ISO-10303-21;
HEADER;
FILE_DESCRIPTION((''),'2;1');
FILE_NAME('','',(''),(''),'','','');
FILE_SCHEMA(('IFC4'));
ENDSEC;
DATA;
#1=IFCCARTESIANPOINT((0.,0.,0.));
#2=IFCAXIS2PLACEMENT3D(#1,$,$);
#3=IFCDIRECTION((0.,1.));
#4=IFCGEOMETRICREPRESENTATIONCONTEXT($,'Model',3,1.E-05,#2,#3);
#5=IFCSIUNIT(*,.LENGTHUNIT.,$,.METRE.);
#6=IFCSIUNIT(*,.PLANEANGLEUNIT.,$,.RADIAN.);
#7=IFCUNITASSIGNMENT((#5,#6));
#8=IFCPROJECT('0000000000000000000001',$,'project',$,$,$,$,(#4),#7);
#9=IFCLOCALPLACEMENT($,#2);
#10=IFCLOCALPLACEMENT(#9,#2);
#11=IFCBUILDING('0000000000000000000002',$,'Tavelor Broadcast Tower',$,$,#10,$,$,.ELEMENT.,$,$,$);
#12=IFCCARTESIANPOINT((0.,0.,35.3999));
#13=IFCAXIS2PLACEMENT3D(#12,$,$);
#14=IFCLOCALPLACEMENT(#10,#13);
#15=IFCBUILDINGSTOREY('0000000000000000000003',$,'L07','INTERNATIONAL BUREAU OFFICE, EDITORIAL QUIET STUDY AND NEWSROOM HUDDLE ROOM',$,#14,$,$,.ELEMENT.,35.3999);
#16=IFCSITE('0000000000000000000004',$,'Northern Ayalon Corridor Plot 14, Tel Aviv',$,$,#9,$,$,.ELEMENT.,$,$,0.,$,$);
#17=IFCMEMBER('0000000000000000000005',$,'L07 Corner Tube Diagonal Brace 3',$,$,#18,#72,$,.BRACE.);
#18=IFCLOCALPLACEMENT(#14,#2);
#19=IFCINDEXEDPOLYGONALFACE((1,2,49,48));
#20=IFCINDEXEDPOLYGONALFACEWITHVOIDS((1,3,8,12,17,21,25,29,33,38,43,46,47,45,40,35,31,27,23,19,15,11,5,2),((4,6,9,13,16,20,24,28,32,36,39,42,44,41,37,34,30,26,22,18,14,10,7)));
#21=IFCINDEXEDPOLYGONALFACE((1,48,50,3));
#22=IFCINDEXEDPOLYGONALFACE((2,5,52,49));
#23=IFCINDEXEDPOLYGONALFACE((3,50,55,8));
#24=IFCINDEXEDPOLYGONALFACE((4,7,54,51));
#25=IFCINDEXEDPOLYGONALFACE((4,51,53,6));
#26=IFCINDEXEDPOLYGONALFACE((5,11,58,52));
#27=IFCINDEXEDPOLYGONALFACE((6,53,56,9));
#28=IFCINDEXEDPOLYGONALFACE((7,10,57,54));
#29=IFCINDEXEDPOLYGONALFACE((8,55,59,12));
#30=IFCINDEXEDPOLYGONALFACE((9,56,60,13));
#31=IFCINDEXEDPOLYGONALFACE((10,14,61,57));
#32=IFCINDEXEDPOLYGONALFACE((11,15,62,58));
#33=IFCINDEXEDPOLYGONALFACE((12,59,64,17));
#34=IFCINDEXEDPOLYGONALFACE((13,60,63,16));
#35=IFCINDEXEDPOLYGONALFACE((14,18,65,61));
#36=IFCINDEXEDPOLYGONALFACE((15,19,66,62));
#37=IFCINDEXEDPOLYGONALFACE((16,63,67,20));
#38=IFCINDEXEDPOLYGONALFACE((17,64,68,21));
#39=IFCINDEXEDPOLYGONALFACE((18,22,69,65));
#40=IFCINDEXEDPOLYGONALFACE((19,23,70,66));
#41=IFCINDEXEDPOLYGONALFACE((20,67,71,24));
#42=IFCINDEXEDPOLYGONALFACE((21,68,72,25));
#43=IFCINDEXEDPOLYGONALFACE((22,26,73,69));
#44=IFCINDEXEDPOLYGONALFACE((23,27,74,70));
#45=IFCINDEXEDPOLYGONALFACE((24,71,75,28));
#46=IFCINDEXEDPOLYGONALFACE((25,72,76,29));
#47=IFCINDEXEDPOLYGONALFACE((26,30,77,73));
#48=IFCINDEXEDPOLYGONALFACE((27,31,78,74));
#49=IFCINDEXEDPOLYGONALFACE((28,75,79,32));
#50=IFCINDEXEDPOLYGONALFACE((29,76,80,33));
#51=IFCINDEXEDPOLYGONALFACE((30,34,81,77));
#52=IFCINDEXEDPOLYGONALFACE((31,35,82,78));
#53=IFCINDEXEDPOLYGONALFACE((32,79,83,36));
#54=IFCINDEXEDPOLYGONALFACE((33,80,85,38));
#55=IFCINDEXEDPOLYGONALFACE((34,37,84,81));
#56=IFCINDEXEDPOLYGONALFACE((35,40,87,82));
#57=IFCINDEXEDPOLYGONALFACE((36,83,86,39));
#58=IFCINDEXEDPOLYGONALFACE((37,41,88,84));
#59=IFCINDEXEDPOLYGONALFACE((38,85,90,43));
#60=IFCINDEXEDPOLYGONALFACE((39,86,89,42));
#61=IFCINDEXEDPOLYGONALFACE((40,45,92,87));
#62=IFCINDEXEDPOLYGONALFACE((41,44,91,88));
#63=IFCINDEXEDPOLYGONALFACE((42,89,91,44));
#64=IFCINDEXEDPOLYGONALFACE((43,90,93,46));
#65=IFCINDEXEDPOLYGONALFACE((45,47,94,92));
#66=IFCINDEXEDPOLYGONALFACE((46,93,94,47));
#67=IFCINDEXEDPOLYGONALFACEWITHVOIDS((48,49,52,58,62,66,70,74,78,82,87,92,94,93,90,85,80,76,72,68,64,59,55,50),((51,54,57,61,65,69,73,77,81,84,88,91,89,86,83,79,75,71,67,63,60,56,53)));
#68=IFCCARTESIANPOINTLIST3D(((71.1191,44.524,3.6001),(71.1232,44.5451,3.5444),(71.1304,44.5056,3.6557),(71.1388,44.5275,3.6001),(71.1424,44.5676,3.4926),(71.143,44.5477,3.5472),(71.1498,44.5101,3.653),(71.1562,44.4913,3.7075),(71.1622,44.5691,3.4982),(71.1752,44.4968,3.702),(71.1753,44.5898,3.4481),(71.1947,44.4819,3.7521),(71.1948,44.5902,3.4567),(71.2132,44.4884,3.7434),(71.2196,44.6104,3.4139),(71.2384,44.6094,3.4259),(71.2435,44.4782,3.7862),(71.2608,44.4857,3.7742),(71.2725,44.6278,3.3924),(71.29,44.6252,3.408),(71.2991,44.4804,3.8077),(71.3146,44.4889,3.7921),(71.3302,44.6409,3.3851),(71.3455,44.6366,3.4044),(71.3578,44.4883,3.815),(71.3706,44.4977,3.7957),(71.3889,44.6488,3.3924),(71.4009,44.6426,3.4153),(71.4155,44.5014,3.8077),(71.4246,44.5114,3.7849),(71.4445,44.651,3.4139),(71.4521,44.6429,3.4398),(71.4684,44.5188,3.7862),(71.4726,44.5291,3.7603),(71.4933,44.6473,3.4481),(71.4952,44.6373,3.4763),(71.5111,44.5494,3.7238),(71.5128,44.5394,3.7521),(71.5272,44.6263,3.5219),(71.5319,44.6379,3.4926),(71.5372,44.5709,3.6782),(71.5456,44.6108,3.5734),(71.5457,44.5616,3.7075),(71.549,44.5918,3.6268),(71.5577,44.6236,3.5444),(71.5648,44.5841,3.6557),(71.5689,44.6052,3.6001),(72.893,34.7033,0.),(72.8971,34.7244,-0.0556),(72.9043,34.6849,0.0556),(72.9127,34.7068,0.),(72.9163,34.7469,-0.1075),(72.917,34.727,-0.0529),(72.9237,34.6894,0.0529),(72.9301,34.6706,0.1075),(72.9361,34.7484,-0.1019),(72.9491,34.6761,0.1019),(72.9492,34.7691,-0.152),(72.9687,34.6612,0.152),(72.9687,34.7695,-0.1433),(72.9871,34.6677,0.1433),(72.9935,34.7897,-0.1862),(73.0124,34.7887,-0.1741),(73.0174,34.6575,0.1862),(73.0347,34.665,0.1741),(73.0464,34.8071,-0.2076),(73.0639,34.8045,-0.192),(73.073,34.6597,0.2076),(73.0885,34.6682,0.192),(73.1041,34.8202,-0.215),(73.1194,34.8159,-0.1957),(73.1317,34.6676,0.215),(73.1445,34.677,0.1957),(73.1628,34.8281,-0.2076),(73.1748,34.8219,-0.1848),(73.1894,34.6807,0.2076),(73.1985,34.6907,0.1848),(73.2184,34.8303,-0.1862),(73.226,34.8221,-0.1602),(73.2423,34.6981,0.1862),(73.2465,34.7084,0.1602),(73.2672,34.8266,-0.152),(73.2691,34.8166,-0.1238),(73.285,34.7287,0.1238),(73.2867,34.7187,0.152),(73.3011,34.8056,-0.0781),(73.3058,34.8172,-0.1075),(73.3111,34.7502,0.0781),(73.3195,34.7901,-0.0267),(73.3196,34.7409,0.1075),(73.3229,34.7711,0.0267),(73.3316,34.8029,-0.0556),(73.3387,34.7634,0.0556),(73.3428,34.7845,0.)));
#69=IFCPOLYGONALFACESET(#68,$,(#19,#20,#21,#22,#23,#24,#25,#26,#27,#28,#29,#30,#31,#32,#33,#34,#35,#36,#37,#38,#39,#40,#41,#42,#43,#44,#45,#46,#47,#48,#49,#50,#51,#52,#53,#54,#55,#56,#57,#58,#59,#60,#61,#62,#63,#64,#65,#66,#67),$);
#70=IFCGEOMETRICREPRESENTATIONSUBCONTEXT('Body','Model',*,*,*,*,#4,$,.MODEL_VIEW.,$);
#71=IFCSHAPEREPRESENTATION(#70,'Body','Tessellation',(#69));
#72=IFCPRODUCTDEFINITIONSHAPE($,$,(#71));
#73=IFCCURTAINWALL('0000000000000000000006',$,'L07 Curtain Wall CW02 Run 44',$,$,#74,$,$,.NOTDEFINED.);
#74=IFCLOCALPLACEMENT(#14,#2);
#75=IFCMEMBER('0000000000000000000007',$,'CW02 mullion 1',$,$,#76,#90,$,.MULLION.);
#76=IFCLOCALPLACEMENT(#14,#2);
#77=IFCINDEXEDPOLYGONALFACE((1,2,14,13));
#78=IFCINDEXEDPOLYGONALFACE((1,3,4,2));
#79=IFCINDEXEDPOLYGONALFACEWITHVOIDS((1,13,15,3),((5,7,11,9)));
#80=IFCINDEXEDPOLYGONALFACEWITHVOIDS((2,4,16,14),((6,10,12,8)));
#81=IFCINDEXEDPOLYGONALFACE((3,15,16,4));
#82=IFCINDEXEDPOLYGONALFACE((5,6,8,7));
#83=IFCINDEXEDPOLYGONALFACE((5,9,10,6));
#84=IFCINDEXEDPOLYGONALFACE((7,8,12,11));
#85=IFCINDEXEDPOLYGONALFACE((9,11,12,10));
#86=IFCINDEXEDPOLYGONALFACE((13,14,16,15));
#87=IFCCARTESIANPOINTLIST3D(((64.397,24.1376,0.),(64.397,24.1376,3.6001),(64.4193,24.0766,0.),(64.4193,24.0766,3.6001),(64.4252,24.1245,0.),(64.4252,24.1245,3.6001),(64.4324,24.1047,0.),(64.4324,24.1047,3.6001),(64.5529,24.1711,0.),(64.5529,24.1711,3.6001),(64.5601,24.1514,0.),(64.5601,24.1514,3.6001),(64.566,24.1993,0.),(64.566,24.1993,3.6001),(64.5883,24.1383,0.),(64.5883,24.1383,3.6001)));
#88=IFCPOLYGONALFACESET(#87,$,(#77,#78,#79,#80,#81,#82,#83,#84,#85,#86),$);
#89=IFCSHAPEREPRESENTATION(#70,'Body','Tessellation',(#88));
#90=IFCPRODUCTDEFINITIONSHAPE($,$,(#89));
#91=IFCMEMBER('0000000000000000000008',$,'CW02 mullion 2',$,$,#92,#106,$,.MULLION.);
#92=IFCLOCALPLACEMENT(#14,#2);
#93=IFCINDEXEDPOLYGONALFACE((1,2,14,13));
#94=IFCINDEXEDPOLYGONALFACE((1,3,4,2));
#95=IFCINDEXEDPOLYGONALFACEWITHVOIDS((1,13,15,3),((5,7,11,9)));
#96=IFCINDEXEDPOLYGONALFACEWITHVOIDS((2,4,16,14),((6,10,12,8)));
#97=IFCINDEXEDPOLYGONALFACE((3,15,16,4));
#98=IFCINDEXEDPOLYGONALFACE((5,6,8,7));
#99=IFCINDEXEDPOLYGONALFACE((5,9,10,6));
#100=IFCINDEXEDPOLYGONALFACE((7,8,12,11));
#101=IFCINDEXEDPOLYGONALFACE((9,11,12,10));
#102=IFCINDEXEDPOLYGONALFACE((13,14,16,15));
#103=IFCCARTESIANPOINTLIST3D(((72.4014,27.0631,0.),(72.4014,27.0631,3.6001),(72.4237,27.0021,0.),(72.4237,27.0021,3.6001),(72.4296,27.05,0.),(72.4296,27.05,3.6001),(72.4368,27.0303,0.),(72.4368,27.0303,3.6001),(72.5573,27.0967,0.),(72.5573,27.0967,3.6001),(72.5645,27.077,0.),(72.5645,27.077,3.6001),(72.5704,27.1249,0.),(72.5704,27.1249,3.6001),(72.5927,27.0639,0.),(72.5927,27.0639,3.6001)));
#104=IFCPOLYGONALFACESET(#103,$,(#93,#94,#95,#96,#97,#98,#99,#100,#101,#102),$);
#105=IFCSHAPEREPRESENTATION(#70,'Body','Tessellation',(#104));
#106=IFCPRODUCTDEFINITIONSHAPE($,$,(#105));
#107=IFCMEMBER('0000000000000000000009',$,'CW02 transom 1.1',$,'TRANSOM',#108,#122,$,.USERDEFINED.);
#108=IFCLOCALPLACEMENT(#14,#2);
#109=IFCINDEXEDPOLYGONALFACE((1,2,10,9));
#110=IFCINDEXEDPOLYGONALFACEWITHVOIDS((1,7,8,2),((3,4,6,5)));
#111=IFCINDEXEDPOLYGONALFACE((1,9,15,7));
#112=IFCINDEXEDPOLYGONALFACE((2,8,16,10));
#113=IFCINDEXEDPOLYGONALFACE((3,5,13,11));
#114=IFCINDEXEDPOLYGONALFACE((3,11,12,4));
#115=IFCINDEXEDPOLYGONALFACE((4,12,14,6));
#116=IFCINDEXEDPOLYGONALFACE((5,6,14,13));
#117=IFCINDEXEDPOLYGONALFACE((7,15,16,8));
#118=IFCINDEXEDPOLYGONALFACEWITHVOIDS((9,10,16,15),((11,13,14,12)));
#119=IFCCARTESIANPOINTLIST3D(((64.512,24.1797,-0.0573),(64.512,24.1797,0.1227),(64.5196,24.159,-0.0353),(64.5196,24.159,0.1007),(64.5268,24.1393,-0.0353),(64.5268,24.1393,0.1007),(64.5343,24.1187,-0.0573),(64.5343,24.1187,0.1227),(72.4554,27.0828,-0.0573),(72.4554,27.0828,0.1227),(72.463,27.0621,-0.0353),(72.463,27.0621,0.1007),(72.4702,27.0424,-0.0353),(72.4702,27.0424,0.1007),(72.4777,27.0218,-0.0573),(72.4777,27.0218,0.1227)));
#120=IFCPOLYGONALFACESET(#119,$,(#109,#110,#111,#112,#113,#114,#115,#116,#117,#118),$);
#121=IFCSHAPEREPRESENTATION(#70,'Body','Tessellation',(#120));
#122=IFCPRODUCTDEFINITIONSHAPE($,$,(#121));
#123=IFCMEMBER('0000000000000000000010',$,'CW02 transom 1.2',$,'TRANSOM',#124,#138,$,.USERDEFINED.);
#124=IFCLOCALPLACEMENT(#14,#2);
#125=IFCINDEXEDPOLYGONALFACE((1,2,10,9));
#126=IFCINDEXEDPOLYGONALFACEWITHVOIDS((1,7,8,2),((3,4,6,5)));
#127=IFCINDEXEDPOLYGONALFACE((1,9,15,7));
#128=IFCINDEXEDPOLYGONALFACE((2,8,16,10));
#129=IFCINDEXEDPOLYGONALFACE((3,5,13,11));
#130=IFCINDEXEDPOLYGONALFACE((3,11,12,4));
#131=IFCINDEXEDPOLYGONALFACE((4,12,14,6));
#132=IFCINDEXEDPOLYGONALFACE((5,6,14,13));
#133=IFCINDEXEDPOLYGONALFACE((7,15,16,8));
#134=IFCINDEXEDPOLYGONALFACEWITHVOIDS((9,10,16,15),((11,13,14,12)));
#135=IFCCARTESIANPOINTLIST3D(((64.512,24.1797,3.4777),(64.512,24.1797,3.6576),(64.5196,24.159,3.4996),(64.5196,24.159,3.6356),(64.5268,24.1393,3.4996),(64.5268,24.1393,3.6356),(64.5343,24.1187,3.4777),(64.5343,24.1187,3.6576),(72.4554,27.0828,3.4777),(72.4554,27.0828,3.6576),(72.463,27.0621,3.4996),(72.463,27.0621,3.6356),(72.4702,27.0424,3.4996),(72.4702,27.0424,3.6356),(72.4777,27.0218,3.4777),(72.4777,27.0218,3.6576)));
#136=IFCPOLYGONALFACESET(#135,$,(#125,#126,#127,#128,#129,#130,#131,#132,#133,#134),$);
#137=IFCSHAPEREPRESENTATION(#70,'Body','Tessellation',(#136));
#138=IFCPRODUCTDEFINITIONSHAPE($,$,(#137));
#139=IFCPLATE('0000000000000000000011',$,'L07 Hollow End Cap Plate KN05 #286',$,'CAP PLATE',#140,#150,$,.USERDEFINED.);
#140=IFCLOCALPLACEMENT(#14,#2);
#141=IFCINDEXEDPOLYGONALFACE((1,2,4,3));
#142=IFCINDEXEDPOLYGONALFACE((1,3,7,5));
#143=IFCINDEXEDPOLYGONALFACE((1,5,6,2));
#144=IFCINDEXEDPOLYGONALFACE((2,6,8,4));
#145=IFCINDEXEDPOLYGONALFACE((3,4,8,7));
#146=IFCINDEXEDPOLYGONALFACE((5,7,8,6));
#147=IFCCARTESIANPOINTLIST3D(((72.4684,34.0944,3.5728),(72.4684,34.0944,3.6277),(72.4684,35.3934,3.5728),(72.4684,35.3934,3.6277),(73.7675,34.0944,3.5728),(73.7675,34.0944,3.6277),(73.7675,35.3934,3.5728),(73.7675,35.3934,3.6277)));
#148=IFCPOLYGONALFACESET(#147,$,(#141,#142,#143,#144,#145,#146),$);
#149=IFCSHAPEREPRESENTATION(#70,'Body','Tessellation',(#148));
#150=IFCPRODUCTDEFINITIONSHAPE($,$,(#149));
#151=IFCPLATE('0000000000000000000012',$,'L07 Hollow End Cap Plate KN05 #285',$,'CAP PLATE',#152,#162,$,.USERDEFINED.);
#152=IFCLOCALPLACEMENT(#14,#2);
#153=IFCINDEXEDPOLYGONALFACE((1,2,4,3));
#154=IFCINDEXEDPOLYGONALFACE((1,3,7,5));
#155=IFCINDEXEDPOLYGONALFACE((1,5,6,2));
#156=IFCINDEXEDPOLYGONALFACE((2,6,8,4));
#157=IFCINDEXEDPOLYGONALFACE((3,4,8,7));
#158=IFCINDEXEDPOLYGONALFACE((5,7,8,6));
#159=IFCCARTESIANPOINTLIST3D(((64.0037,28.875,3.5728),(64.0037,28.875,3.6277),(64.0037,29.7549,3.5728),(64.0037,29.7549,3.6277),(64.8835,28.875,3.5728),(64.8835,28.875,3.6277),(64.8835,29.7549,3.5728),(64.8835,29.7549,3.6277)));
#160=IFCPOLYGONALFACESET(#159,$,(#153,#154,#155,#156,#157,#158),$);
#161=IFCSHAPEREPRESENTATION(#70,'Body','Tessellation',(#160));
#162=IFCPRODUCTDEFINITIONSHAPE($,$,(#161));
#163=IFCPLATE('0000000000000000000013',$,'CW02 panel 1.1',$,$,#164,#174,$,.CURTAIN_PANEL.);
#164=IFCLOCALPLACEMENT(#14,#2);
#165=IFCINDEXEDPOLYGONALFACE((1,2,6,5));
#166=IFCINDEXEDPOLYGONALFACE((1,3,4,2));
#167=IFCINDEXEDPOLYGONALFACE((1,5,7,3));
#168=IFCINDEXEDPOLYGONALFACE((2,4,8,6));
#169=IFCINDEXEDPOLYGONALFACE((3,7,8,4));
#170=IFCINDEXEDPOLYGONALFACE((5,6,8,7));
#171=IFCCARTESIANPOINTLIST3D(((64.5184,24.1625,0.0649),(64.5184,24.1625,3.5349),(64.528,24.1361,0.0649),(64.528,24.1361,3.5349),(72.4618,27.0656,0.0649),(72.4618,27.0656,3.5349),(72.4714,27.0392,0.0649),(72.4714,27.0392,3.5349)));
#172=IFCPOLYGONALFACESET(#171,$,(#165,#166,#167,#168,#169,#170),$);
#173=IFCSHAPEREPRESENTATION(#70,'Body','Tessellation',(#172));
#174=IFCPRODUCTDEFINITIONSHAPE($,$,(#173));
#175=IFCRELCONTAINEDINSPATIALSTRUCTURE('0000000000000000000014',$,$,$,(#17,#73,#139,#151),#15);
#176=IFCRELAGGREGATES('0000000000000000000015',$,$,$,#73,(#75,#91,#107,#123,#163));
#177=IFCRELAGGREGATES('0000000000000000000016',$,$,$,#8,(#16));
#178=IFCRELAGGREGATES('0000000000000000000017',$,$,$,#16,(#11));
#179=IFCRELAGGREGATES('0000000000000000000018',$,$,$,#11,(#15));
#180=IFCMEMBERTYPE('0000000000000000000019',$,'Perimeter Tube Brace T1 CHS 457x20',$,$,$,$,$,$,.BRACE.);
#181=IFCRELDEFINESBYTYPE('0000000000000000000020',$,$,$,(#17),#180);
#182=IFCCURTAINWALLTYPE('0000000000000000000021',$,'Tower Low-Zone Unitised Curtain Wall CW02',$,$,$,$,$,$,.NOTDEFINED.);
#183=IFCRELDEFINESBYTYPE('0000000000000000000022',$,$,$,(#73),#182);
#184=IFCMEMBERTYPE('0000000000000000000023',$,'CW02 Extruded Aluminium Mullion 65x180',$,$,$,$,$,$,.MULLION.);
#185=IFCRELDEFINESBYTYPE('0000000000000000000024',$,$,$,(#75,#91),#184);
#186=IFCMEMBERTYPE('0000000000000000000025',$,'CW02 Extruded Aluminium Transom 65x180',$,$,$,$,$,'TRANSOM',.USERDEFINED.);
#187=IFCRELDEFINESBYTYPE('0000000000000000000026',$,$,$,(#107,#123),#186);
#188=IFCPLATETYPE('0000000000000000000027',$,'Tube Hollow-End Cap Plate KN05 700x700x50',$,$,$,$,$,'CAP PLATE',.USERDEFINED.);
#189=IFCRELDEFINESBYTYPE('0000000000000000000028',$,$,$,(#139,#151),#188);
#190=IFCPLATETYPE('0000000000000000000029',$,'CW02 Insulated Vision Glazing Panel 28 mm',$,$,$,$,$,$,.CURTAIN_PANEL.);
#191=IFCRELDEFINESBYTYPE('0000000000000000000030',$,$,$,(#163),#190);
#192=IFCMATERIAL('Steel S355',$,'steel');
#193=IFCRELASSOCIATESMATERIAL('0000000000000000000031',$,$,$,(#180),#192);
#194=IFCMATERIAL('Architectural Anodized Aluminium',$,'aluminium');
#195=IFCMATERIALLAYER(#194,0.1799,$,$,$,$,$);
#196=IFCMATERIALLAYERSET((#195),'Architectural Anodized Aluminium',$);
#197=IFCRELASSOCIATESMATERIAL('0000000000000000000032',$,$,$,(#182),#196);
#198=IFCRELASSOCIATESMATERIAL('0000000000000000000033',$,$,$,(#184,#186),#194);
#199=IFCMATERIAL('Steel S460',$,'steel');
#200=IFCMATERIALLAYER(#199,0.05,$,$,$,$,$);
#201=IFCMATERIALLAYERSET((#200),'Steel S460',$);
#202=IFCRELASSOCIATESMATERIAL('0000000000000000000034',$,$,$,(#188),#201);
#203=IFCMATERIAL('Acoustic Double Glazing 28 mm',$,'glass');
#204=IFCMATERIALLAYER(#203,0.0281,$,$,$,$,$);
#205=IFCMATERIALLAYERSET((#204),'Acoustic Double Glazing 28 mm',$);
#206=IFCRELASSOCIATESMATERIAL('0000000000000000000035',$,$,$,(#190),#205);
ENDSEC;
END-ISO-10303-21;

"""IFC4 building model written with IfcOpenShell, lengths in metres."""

from ifc_helpers import new_model, si_unit, direction, frame, origin, origin_2d, place, context, subcontext, project, spatial, rectangle, hollow_rectangle, hollow_circle, extrude, source, transform, mapped, material, layer, layer_set, material_profile, profile_set, type_object, type_shapes, element, aggregate, save


model = new_model("IFC4")

# Units and contexts
model_context = context("Model", 3, precision=1e-05, world=origin(), true_north=direction((0.0, 1.0)))
body_context = subcontext(model_context, "Body", "Model", "MODEL_VIEW")
ifc_project = project(units=[si_unit("LENGTHUNIT", "METRE"), si_unit("PLANEANGLEUNIT", "RADIAN")], contexts=[model_context])

# Site, building, storey
site_placement = place(None, origin())
site = spatial("IfcSite", under=ifc_project, at=site_placement, Name="Northern Ayalon Corridor Plot 14, Tel Aviv", CompositionType="ELEMENT", RefElevation=0.0)
building_placement = place(site_placement, origin())
building = spatial("IfcBuilding", under=site, at=building_placement, Name="Tavelor Broadcast Tower", CompositionType="ELEMENT")
storey_placement = place(building_placement, frame((0.0, 0.0, 35.3999)))
storey = spatial("IfcBuildingStorey", under=building, at=storey_placement, Name="L07", Description="INTERNATIONAL BUREAU OFFICE, EDITORIAL QUIET STUDY AND NEWSROOM HUDDLE ROOM", CompositionType="ELEMENT", Elevation=35.3999)

# Shared definitions
ifc_material_1 = material(Name="Steel S460", Category="steel")

# Shared definitions
ifc_material_2 = material(Name="Steel S355", Category="steel")

# Member
ifc_material_profile_1 = material_profile(ifc_material_2, hollow_circle(Radius=0.2285, WallThickness=0.02, at=origin_2d()), Name="CHS 457x20")
ifc_profile_set_1 = profile_set([ifc_material_profile_1], Name="Steel S355")
member_type_1 = type_object("IfcMemberType", Name="Perimeter Tube Brace T1 CHS 457x20", PredefinedType="BRACE", material=ifc_profile_set_1)
member_1_placement = place(storey_placement, frame((73.1179, 34.7439, 0.0), z_axis=(-0.167206, 0.925685, 0.339337), x_axis=(-0.984075, -0.177753, 0.0)))
element("IfcMember", 1, at=member_1_placement, inside=storey, type_object=member_type_1, Name="L07 Corner Tube Diagonal Brace 3", PredefinedType="BRACE", context=body_context, shape_type="SweptSolid", body=[
    extrude(hollow_circle(Radius=0.2285, WallThickness=0.02, at=origin_2d()), origin(), (0.0, 0.0, 1.0), 10.6091),
])

# Curtain wall, members
ifc_material_3 = material(Name="Architectural Anodized Aluminium", Category="aluminium")
ifc_layer_1 = layer(ifc_material_3, 0.1799)
ifc_layer_set_1 = layer_set([ifc_layer_1], Name="Architectural Anodized Aluminium")
curtain_wall_type = type_object("IfcCurtainWallType", Name="Tower Low-Zone Unitised Curtain Wall CW02", PredefinedType="NOTDEFINED", material=ifc_layer_set_1)
curtain_wall_placement = place(storey_placement, origin())
curtain_wall = element("IfcCurtainWall", 2, at=curtain_wall_placement, inside=storey, type_object=curtain_wall_type, Name="L07 Curtain Wall CW02 Run 44", PredefinedType="NOTDEFINED")
ifc_material_profile_2 = material_profile(ifc_material_3, hollow_rectangle(XDim=0.0649, YDim=0.1799, WallThickness=0.022, at=origin_2d()), Name="RHS 65x180x22")
ifc_profile_set_2 = profile_set([ifc_material_profile_2], Name="Architectural Anodized Aluminium")
member_type_2 = type_object("IfcMemberType", Name="CW02 Extruded Aluminium Mullion 65x180", PredefinedType="MULLION", material=ifc_profile_set_2)
shared_shape_1 = source(origin(), body_context, "Body", "SweptSolid", [
    extrude(hollow_rectangle(XDim=0.0649, YDim=0.1799, WallThickness=0.022, at=origin_2d()), origin(), (0.0, 0.0, 1.0), 3.6001),
])
type_shapes(member_type_2, [shared_shape_1])
member_2_placement = place(storey_placement, frame((64.4927, 24.1379, 0.0), z_axis=(0.0, 0.0, 1.0), x_axis=(-0.343264, 0.939239, 0.0)))
member_2 = element("IfcMember", 3, at=member_2_placement, type_object=member_type_2, Name="CW02 mullion 1", PredefinedType="MULLION", context=body_context, shape_type="MappedRepresentation", body=[
    mapped(shared_shape_1, transform((0.0, 0.0, 0.0), scale=1.0)),
])
member_3_placement = place(storey_placement, frame((72.4971, 27.0635, 0.0), z_axis=(0.0, 0.0, 1.0), x_axis=(-0.343264, 0.939239, 0.0)))
member_3 = element("IfcMember", 4, at=member_3_placement, type_object=member_type_2, Name="CW02 mullion 2", PredefinedType="MULLION", context=body_context, shape_type="MappedRepresentation", body=[
    mapped(shared_shape_1, transform((0.0, 0.0, 0.0), scale=1.0)),
])
ifc_material_profile_3 = material_profile(ifc_material_3, hollow_rectangle(XDim=0.0649, YDim=0.1799, WallThickness=0.022, at=origin_2d()), Name="RHS 65x180x22")
ifc_profile_set_3 = profile_set([ifc_material_profile_3], Name="Architectural Anodized Aluminium")
member_type_3 = type_object("IfcMemberType", Name="CW02 Extruded Aluminium Transom 65x180", ElementType="TRANSOM", PredefinedType="USERDEFINED", material=ifc_profile_set_3)
shared_shape_2 = source(origin(), body_context, "Body", "SweptSolid", [
    extrude(hollow_rectangle(XDim=0.0649, YDim=0.1799, WallThickness=0.022, at=origin_2d()), origin(), (0.0, 0.0, 1.0), 8.4573),
])
type_shapes(member_type_3, [shared_shape_2])
member_4_placement = place(storey_placement, frame((64.5232, 24.1492, 0.0327), z_axis=(0.939238, 0.343265, 0.0), x_axis=(-0.343265, 0.939238, 0.0)))
member_4 = element("IfcMember", 5, at=member_4_placement, type_object=member_type_3, Name="CW02 transom 1.1", ObjectType="TRANSOM", PredefinedType="USERDEFINED", context=body_context, shape_type="MappedRepresentation", body=[
    mapped(shared_shape_2, transform((0.0, 0.0, 0.0), scale=1.0)),
])
member_5_placement = place(storey_placement, frame((64.5232, 24.1492, 3.5676), z_axis=(0.939238, 0.343265, 0.0), x_axis=(-0.343265, 0.939238, 0.0)))
member_5 = element("IfcMember", 6, at=member_5_placement, type_object=member_type_3, Name="CW02 transom 1.2", ObjectType="TRANSOM", PredefinedType="USERDEFINED", context=body_context, shape_type="MappedRepresentation", body=[
    mapped(shared_shape_2, transform((0.0, 0.0, 0.0), scale=1.0)),
])

# Plates
ifc_layer_2 = layer(ifc_material_1, 0.05)
ifc_layer_set_2 = layer_set([ifc_layer_2], Name="Steel S460")
plate_type_1 = type_object("IfcPlateType", Name="Tube Hollow-End Cap Plate KN05 700x700x50", ElementType="CAP PLATE", PredefinedType="USERDEFINED", material=ifc_layer_set_2)
shared_shape_3 = source(origin(), body_context, "Body", "SweptSolid", [
    extrude(rectangle(XDim=1.2991, YDim=1.2991, at=origin_2d()), origin(), (0.0, 0.0, 1.0), 0.0549),
])
plate_1_placement = place(storey_placement, frame((73.1179, 34.7439, 3.5728), z_axis=(0.0, 0.0, 1.0), x_axis=(1.0, 0.0, 0.0)))
element("IfcPlate", 7, at=plate_1_placement, inside=storey, type_object=plate_type_1, Name="L07 Hollow End Cap Plate KN05 #286", ObjectType="CAP PLATE", PredefinedType="USERDEFINED", context=body_context, shape_type="MappedRepresentation", body=[
    mapped(shared_shape_3, transform((0.0, 0.0, 0.0), scale=1.0)),
])
shared_shape_4 = source(origin(), body_context, "Body", "SweptSolid", [
    extrude(rectangle(XDim=0.8799, YDim=0.8799, at=origin_2d()), origin(), (0.0, 0.0, 1.0), 0.0549),
])
type_shapes(plate_type_1, [shared_shape_3, shared_shape_4])
plate_2_placement = place(storey_placement, frame((64.4436, 29.3149, 3.5728), z_axis=(0.0, 0.0, 1.0), x_axis=(1.0, 0.0, 0.0)))
element("IfcPlate", 8, at=plate_2_placement, inside=storey, type_object=plate_type_1, Name="L07 Hollow End Cap Plate KN05 #285", ObjectType="CAP PLATE", PredefinedType="USERDEFINED", context=body_context, shape_type="MappedRepresentation", body=[
    mapped(shared_shape_4, transform((0.0, 0.0, 0.0), scale=1.0)),
])

# Plate
ifc_material_4 = material(Name="Acoustic Double Glazing 28 mm", Category="glass")
ifc_layer_3 = layer(ifc_material_4, 0.0281)
ifc_layer_set_3 = layer_set([ifc_layer_3], Name="Acoustic Double Glazing 28 mm")
plate_type_2 = type_object("IfcPlateType", Name="CW02 Insulated Vision Glazing Panel 28 mm", PredefinedType="CURTAIN_PANEL", material=ifc_layer_set_3)
shared_shape_5 = source(origin(), body_context, "Body", "SweptSolid", [
    extrude(rectangle(XDim=8.4573, YDim=0.0281, at=origin_2d()), origin(), (0.0, 0.0, 1.0), 3.47),
])
type_shapes(plate_type_2, [shared_shape_5])
plate_3_placement = place(storey_placement, frame((68.4949, 25.6008, 0.0649), z_axis=(0.0, 0.0, 1.0), x_axis=(0.939239, 0.343264, 0.0)))
plate_3 = element("IfcPlate", 9, at=plate_3_placement, type_object=plate_type_2, Name="CW02 panel 1.1", PredefinedType="CURTAIN_PANEL", context=body_context, shape_type="MappedRepresentation", body=[
    mapped(shared_shape_5, transform((0.0, 0.0, 0.0), scale=1.0)),
])
aggregate(curtain_wall, [member_2, member_3, member_4, member_5, plate_3])

save(model, "model.ifc")
